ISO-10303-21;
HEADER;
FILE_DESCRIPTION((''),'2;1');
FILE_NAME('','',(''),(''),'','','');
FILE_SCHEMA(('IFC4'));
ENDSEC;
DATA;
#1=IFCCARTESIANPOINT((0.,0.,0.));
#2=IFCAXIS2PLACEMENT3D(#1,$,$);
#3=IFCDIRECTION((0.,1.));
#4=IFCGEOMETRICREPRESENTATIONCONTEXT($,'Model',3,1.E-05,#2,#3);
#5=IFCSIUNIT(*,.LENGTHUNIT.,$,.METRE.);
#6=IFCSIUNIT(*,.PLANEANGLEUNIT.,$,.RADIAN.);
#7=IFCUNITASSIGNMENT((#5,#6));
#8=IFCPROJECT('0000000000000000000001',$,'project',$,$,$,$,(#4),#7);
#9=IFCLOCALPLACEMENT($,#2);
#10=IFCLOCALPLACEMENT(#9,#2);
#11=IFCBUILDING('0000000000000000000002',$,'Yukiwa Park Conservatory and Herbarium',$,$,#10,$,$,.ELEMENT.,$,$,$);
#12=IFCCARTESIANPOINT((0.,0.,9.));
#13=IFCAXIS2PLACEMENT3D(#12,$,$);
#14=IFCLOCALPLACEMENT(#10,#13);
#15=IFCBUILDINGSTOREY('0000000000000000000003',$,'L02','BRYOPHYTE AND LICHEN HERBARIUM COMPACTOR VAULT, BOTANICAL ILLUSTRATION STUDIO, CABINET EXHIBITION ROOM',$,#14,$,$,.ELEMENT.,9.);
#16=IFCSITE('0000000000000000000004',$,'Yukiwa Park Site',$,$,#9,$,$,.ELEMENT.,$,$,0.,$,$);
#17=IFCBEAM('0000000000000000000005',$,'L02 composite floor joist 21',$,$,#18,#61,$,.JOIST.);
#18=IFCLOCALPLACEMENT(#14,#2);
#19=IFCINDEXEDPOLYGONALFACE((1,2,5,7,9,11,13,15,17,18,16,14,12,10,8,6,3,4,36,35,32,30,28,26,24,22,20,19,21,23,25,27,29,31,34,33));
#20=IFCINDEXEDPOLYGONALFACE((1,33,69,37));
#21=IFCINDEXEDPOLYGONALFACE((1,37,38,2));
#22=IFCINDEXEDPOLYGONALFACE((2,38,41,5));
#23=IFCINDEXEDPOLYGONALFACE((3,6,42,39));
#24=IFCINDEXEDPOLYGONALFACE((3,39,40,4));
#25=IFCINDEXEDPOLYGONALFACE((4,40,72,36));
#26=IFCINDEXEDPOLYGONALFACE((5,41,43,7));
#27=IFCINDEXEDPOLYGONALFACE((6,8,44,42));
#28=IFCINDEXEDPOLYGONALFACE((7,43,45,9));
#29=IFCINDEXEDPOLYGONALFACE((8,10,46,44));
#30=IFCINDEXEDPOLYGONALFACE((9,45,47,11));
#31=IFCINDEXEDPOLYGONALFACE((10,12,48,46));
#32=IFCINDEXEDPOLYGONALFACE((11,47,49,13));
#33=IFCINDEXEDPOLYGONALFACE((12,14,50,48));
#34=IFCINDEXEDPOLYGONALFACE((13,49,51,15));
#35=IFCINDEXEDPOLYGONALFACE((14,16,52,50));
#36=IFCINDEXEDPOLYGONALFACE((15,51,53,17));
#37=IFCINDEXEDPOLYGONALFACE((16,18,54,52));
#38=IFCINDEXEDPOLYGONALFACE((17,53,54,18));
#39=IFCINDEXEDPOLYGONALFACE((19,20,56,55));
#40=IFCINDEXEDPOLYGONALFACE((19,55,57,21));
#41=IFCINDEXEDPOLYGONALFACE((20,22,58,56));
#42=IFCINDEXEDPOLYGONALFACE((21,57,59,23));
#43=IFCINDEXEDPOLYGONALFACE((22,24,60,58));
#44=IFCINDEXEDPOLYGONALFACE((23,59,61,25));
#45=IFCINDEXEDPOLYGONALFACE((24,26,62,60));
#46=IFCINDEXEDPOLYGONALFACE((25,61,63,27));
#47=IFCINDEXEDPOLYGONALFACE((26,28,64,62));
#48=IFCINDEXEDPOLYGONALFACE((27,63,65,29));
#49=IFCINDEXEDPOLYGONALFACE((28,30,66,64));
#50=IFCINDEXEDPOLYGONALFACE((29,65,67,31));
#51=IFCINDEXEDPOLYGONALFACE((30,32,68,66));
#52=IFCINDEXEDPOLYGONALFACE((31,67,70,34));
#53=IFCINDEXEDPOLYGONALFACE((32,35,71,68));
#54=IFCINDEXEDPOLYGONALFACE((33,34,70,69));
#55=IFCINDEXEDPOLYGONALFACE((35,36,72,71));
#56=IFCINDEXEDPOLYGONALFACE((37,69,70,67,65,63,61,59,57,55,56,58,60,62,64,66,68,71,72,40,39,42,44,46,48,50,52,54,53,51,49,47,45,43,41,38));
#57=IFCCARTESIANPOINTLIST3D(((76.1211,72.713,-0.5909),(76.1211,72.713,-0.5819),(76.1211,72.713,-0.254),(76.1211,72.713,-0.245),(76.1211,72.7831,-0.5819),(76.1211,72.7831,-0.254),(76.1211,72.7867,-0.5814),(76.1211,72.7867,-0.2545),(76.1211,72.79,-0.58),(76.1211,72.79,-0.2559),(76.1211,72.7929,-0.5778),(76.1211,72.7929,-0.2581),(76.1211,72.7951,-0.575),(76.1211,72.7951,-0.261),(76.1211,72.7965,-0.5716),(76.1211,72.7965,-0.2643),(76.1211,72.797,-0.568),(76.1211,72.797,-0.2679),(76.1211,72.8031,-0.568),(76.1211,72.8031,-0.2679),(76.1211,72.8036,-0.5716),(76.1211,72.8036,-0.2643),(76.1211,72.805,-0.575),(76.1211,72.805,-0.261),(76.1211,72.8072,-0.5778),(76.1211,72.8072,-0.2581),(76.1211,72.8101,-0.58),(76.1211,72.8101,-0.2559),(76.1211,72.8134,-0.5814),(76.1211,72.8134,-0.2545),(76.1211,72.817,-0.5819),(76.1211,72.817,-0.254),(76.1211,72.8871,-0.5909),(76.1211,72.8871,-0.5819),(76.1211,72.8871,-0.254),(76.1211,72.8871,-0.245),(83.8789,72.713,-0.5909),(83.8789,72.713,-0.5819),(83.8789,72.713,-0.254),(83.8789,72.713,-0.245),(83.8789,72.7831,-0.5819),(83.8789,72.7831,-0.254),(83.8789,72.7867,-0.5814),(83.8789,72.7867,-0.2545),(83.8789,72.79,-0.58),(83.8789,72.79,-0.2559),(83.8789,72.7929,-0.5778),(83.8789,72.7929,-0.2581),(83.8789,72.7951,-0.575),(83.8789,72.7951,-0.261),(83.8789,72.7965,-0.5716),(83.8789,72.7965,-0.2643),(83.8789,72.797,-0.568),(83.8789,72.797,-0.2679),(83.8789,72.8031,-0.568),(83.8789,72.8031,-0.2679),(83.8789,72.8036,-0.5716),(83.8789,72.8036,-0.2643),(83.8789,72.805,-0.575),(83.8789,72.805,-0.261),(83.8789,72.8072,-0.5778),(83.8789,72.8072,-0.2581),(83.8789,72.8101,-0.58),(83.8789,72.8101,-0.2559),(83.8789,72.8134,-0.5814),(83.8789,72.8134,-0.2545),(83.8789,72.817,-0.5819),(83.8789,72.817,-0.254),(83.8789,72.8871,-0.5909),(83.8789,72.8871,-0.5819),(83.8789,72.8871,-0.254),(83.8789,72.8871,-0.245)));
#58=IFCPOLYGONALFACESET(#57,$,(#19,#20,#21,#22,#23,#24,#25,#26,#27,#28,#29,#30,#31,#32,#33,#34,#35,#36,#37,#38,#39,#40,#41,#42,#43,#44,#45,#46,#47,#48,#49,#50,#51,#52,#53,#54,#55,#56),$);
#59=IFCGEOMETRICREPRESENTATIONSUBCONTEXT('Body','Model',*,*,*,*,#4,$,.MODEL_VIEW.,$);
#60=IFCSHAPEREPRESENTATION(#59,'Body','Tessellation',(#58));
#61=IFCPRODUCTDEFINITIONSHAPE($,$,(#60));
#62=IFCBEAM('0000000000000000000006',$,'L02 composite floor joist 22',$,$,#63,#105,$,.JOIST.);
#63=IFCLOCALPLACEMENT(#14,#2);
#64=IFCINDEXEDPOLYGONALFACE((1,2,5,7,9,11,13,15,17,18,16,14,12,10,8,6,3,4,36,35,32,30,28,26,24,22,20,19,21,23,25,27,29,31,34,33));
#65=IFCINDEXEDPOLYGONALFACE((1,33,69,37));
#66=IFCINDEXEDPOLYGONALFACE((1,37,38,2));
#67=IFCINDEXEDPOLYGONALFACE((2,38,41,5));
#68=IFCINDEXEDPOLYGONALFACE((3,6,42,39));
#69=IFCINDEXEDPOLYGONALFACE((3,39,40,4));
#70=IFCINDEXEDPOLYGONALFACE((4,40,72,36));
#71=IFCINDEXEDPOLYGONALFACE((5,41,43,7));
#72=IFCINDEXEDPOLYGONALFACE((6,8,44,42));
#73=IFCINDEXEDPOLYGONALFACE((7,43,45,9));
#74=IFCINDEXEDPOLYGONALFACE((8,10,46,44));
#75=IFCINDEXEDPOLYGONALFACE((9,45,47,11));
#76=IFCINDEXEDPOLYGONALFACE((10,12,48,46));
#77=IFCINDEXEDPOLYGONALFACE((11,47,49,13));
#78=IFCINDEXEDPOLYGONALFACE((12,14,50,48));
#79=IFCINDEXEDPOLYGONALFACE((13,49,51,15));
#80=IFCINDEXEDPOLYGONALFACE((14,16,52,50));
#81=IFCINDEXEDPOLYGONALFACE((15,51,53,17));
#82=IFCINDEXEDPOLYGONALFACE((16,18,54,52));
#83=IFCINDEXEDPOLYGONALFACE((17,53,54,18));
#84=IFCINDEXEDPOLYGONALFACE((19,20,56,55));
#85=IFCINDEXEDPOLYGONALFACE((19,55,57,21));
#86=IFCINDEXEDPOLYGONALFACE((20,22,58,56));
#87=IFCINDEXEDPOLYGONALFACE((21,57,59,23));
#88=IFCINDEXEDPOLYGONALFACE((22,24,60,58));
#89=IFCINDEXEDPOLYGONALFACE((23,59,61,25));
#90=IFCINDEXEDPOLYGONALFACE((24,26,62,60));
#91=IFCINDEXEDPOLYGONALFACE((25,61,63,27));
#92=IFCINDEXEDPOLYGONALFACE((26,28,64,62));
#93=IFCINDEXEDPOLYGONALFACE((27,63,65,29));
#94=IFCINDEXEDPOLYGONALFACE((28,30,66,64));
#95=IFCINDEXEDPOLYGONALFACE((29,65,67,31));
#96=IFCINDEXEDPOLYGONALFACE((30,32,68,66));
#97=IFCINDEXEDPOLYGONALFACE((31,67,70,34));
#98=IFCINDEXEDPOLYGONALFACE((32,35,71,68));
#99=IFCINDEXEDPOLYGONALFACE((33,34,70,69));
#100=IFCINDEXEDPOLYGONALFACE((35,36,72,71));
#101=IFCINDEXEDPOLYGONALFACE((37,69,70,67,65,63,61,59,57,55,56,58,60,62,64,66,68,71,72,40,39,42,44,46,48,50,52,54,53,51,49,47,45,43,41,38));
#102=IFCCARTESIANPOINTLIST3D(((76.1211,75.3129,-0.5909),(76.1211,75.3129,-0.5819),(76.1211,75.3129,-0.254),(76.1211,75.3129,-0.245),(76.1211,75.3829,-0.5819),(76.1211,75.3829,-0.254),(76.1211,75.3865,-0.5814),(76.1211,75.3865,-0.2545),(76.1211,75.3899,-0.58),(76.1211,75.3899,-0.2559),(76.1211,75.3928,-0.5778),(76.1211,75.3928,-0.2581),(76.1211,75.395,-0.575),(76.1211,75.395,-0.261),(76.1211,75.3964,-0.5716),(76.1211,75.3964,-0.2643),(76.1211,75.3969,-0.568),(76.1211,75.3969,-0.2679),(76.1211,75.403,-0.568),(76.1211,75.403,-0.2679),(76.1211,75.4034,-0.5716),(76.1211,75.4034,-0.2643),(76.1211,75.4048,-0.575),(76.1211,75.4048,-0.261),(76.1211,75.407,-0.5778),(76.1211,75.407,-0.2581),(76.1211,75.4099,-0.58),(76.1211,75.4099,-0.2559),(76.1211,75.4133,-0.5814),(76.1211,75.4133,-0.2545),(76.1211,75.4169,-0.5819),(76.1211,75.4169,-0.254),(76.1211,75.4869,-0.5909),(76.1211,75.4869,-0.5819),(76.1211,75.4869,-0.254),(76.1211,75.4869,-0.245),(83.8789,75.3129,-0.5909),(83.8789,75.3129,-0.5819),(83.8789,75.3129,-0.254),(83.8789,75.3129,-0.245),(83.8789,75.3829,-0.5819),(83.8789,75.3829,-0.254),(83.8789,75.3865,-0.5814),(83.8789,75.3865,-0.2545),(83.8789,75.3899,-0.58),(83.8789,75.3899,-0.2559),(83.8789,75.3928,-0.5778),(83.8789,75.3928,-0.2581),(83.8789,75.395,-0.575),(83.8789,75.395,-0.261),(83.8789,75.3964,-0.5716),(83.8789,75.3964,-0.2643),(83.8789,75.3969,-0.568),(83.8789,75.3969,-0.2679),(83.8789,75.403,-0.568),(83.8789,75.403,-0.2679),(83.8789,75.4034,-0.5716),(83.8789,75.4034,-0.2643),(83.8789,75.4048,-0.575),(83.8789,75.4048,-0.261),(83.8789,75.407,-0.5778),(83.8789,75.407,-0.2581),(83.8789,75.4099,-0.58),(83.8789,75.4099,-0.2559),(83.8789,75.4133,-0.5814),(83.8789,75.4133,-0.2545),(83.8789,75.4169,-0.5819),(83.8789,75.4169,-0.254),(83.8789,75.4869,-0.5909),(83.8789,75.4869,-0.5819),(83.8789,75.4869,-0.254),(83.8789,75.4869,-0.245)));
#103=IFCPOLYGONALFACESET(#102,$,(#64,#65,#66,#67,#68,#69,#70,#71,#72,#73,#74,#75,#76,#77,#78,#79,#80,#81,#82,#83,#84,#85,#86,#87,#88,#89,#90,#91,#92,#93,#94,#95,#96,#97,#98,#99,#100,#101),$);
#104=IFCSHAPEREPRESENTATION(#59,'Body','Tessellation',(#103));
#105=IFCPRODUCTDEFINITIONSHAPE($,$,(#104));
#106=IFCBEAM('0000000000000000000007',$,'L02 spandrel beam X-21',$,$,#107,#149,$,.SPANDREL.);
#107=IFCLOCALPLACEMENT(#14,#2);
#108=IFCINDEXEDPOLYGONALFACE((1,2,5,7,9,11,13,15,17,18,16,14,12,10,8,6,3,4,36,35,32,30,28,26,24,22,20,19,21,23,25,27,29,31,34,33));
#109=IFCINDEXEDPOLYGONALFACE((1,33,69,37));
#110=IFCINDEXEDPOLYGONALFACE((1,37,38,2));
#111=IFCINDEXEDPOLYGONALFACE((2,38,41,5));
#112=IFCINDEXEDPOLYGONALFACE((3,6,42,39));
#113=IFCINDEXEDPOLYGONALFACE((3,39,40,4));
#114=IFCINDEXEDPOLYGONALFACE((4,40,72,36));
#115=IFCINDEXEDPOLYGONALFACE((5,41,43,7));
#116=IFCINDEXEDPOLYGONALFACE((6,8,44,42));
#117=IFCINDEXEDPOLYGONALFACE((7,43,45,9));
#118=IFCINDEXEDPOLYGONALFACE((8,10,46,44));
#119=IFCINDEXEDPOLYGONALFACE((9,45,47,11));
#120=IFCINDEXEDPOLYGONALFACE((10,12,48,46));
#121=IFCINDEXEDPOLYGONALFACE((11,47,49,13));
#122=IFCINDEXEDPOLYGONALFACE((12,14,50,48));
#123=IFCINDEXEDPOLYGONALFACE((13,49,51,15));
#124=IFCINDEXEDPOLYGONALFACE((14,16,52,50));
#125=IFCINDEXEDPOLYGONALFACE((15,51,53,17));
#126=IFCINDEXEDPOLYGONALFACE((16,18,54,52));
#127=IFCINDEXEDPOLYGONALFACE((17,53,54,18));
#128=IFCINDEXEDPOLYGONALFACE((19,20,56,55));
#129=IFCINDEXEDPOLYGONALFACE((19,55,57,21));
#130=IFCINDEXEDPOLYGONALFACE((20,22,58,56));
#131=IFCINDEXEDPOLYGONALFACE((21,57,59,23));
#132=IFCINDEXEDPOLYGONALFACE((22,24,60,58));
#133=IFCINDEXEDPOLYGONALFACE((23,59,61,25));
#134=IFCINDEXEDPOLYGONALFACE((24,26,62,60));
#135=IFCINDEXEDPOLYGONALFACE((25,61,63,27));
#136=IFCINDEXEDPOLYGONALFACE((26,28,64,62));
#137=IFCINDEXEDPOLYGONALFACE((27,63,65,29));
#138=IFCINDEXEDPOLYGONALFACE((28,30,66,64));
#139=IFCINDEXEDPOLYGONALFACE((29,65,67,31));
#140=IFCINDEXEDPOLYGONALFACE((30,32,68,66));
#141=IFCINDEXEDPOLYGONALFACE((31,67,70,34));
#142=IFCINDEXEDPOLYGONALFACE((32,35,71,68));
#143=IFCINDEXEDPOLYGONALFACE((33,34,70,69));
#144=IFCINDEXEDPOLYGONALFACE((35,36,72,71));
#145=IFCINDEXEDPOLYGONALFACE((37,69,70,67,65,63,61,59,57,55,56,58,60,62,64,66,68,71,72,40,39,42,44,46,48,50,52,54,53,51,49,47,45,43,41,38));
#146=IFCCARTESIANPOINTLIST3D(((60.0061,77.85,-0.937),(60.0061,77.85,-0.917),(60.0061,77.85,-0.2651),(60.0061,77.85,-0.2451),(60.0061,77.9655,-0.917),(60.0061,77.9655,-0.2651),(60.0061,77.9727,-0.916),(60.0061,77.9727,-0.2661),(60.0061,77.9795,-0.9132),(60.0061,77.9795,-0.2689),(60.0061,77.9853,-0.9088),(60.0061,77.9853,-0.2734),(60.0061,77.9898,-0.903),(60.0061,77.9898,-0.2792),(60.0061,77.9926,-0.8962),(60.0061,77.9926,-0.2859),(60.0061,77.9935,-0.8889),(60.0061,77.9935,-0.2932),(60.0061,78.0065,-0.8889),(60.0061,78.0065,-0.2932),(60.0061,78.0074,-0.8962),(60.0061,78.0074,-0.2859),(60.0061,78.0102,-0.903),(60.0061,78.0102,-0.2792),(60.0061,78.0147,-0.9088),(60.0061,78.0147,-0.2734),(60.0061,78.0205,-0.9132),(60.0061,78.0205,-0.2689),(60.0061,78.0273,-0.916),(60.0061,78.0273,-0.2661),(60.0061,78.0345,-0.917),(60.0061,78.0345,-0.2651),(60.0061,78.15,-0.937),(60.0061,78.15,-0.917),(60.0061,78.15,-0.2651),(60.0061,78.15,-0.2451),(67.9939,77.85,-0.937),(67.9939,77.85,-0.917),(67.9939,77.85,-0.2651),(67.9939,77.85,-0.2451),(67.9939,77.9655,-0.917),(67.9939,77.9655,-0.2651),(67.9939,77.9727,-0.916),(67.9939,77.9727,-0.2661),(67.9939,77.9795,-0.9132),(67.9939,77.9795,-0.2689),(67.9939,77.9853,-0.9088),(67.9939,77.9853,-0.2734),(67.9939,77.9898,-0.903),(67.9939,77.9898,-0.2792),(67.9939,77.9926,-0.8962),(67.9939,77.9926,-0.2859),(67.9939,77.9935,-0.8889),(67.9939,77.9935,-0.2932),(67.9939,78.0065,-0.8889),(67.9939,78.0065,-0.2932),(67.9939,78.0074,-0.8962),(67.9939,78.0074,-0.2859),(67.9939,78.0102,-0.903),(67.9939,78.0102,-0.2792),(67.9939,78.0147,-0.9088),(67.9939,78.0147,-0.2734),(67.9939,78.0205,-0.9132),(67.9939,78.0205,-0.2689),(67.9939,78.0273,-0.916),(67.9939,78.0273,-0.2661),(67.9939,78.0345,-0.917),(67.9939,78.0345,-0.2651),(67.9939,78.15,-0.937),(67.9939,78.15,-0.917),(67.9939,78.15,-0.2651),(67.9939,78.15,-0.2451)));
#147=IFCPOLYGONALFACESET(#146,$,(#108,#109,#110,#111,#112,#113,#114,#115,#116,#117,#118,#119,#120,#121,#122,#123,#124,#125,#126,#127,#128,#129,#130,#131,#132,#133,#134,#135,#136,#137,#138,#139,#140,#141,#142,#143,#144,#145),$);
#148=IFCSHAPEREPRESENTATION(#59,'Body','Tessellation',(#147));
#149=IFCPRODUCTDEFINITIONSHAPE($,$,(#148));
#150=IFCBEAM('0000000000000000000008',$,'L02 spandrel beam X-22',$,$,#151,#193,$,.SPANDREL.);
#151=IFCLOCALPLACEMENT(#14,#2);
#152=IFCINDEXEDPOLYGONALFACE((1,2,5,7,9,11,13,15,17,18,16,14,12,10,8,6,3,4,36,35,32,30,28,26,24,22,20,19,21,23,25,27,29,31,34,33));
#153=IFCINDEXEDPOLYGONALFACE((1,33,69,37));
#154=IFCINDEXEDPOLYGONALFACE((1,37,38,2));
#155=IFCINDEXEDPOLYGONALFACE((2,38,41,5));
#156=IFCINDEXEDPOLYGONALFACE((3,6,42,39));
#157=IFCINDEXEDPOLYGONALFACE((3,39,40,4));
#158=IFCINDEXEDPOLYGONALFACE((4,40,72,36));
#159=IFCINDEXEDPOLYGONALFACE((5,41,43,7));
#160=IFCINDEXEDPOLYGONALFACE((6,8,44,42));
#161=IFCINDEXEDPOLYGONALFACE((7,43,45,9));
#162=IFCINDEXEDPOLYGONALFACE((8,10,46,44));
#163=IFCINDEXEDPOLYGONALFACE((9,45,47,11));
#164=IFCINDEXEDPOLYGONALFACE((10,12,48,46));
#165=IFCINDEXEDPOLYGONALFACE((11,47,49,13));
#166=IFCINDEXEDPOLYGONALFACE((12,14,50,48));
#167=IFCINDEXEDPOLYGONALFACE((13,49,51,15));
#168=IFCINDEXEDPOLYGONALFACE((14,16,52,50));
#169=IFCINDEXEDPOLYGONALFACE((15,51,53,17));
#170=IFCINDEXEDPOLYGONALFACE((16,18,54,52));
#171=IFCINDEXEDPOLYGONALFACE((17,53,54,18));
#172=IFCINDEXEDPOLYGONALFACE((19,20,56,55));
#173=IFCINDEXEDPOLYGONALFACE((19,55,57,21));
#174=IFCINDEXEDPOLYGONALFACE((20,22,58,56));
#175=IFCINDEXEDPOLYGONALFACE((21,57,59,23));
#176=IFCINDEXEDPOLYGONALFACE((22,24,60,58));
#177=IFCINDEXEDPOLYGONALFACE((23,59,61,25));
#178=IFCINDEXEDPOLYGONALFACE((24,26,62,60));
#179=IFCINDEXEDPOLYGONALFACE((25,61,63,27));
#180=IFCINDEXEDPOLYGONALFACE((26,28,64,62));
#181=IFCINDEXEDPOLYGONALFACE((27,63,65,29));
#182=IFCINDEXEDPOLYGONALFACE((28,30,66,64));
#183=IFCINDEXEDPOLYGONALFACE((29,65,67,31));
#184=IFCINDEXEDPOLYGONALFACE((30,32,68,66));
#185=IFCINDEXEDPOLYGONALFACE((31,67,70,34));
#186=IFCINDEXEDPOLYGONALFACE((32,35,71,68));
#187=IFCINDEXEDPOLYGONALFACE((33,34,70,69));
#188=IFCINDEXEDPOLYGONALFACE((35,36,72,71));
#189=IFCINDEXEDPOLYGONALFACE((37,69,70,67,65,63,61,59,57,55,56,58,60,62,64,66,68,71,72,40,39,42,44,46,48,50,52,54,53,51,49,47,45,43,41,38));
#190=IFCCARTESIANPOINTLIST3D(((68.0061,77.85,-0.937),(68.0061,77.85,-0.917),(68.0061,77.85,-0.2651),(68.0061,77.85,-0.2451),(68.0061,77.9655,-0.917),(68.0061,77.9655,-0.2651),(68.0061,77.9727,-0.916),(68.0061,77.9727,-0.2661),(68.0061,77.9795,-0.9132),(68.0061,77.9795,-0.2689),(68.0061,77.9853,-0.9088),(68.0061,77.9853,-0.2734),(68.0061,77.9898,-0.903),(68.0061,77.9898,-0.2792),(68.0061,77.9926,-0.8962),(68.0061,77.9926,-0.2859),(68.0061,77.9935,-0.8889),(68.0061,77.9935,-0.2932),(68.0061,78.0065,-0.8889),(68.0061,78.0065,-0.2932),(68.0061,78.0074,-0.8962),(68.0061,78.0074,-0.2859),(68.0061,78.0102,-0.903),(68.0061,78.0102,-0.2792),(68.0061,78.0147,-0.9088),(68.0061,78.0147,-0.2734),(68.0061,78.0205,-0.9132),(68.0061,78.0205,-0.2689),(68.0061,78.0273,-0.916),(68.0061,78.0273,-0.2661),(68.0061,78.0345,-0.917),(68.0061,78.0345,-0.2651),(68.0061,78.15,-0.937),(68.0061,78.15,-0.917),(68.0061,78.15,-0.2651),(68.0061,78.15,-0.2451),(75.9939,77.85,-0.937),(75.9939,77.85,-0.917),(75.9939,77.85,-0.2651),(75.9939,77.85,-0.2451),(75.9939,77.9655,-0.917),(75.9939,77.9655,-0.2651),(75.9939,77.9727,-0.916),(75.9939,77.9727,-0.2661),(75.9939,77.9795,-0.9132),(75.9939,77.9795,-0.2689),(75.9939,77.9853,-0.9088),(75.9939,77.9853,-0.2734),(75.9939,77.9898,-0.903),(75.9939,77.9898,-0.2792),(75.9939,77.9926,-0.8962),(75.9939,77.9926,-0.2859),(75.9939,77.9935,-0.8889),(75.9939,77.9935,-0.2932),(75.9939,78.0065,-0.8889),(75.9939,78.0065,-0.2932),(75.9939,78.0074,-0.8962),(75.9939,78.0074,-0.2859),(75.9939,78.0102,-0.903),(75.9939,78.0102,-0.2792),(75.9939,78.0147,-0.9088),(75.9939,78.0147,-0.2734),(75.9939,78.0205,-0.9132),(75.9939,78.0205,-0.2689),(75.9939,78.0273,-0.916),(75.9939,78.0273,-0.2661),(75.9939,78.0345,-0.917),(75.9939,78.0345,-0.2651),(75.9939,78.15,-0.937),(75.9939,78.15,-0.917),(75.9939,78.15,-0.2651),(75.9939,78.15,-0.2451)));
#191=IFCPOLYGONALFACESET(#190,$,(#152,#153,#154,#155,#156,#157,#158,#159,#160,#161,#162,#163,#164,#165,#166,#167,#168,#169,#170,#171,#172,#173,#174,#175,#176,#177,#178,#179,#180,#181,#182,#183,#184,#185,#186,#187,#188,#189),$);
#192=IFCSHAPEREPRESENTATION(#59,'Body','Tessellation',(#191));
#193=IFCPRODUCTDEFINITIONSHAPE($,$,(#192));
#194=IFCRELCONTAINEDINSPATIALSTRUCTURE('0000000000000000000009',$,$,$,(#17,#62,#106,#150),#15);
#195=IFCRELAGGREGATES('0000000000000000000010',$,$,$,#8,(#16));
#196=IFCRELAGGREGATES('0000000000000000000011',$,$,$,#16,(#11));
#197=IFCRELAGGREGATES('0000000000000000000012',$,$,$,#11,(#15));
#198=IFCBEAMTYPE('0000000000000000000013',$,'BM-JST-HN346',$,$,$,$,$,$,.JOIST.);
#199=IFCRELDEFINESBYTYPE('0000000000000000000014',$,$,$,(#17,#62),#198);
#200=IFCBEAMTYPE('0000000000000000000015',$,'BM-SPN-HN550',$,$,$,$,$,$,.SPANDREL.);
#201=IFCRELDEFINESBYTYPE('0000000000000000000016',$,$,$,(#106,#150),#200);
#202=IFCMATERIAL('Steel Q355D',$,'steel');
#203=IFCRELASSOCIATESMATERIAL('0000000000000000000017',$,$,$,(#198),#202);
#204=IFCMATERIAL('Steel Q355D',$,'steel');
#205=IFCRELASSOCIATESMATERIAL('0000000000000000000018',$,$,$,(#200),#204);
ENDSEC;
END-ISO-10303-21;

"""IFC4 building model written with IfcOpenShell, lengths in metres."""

from ifc_helpers import new_model, si_unit, direction, frame, origin, origin_2d, place, context, subcontext, project, spatial, i_section, extrude, material, material_profile, profile_set, type_object, element, save


model = new_model("IFC4")

# Units and contexts
model_context = context("Model", 3, precision=1e-05, world=origin(), true_north=direction((0.0, 1.0)))
body_context = subcontext(model_context, "Body", "Model", "MODEL_VIEW")
ifc_project = project(units=[si_unit("LENGTHUNIT", "METRE"), si_unit("PLANEANGLEUNIT", "RADIAN")], contexts=[model_context])

# Site, building, storey
site_placement = place(None, origin())
site = spatial("IfcSite", under=ifc_project, at=site_placement, Name="Yukiwa Park Site", CompositionType="ELEMENT", RefElevation=0.0)
building_placement = place(site_placement, origin())
building = spatial("IfcBuilding", under=site, at=building_placement, Name="Yukiwa Park Conservatory and Herbarium", CompositionType="ELEMENT")
storey_placement = place(building_placement, frame((0.0, 0.0, 9.0)))
storey = spatial("IfcBuildingStorey", under=building, at=storey_placement, Name="L02", Description="BRYOPHYTE AND LICHEN HERBARIUM COMPACTOR VAULT, BOTANICAL ILLUSTRATION STUDIO, CABINET EXHIBITION ROOM", CompositionType="ELEMENT", Elevation=9.0)

# Beams
ifc_material_1 = material(Name="Steel Q355D", Category="steel")
ifc_material_profile_1 = material_profile(ifc_material_1, i_section(OverallWidth=0.1741, OverallDepth=0.3459, WebThickness=0.0061, FlangeThickness=0.009, FilletRadius=0.0139, at=origin_2d()), Name="HN 346x174x6x9")
ifc_profile_set_1 = profile_set([ifc_material_profile_1], Name="Steel Q355D")
beam_type_1 = type_object("IfcBeamType", Name="BM-JST-HN346", PredefinedType="JOIST", material=ifc_profile_set_1)
for number, where, z_axis, x_axis, name in (
    (1, (76.1211, 72.8, -0.418), (1.0, 0.0, 0.0), (0.0, 1.0, 0.0), "L02 composite floor joist 21"),
    (2, (76.1211, 75.3999, -0.418), (1.0, 0.0, 0.0), (0.0, 1.0, 0.0), "L02 composite floor joist 22"),
):
    element("IfcBeam", number, at=place(storey_placement, frame(where, z_axis=z_axis, x_axis=x_axis)), inside=storey, type_object=beam_type_1, Name=name, PredefinedType="JOIST", context=body_context, shape_type="SweptSolid", body=[
        extrude(i_section(OverallWidth=0.1741, OverallDepth=0.3459, WebThickness=0.0061, FlangeThickness=0.009, FilletRadius=0.0139, at=origin_2d()), origin(), (0.0, 0.0, 1.0), 7.7578),
    ])
ifc_material_2 = material(Name="Steel Q355D", Category="steel")
ifc_material_profile_2 = material_profile(ifc_material_2, i_section(OverallWidth=0.3, OverallDepth=0.6919, WebThickness=0.0129, FlangeThickness=0.02, FilletRadius=0.0281, at=origin_2d()), Name="HN 692x300x13x20")
ifc_profile_set_2 = profile_set([ifc_material_profile_2], Name="Steel Q355D")
beam_type_2 = type_object("IfcBeamType", Name="BM-SPN-HN550", PredefinedType="SPANDREL", material=ifc_profile_set_2)
for number, where, z_axis, x_axis, name in (
    (3, (60.0061, 78.0, -0.5911), (1.0, 0.0, 0.0), (0.0, 1.0, 0.0), "L02 spandrel beam X-21"),
    (4, (68.0061, 78.0, -0.5911), (1.0, 0.0, 0.0), (0.0, 1.0, 0.0), "L02 spandrel beam X-22"),
):
    element("IfcBeam", number, at=place(storey_placement, frame(where, z_axis=z_axis, x_axis=x_axis)), inside=storey, type_object=beam_type_2, Name=name, PredefinedType="SPANDREL", context=body_context, shape_type="SweptSolid", body=[
        extrude(i_section(OverallWidth=0.3, OverallDepth=0.6919, WebThickness=0.0129, FlangeThickness=0.02, FilletRadius=0.0281, at=origin_2d()), origin(), (0.0, 0.0, 1.0), 7.9878),
    ])

save(model, "model.ifc")
